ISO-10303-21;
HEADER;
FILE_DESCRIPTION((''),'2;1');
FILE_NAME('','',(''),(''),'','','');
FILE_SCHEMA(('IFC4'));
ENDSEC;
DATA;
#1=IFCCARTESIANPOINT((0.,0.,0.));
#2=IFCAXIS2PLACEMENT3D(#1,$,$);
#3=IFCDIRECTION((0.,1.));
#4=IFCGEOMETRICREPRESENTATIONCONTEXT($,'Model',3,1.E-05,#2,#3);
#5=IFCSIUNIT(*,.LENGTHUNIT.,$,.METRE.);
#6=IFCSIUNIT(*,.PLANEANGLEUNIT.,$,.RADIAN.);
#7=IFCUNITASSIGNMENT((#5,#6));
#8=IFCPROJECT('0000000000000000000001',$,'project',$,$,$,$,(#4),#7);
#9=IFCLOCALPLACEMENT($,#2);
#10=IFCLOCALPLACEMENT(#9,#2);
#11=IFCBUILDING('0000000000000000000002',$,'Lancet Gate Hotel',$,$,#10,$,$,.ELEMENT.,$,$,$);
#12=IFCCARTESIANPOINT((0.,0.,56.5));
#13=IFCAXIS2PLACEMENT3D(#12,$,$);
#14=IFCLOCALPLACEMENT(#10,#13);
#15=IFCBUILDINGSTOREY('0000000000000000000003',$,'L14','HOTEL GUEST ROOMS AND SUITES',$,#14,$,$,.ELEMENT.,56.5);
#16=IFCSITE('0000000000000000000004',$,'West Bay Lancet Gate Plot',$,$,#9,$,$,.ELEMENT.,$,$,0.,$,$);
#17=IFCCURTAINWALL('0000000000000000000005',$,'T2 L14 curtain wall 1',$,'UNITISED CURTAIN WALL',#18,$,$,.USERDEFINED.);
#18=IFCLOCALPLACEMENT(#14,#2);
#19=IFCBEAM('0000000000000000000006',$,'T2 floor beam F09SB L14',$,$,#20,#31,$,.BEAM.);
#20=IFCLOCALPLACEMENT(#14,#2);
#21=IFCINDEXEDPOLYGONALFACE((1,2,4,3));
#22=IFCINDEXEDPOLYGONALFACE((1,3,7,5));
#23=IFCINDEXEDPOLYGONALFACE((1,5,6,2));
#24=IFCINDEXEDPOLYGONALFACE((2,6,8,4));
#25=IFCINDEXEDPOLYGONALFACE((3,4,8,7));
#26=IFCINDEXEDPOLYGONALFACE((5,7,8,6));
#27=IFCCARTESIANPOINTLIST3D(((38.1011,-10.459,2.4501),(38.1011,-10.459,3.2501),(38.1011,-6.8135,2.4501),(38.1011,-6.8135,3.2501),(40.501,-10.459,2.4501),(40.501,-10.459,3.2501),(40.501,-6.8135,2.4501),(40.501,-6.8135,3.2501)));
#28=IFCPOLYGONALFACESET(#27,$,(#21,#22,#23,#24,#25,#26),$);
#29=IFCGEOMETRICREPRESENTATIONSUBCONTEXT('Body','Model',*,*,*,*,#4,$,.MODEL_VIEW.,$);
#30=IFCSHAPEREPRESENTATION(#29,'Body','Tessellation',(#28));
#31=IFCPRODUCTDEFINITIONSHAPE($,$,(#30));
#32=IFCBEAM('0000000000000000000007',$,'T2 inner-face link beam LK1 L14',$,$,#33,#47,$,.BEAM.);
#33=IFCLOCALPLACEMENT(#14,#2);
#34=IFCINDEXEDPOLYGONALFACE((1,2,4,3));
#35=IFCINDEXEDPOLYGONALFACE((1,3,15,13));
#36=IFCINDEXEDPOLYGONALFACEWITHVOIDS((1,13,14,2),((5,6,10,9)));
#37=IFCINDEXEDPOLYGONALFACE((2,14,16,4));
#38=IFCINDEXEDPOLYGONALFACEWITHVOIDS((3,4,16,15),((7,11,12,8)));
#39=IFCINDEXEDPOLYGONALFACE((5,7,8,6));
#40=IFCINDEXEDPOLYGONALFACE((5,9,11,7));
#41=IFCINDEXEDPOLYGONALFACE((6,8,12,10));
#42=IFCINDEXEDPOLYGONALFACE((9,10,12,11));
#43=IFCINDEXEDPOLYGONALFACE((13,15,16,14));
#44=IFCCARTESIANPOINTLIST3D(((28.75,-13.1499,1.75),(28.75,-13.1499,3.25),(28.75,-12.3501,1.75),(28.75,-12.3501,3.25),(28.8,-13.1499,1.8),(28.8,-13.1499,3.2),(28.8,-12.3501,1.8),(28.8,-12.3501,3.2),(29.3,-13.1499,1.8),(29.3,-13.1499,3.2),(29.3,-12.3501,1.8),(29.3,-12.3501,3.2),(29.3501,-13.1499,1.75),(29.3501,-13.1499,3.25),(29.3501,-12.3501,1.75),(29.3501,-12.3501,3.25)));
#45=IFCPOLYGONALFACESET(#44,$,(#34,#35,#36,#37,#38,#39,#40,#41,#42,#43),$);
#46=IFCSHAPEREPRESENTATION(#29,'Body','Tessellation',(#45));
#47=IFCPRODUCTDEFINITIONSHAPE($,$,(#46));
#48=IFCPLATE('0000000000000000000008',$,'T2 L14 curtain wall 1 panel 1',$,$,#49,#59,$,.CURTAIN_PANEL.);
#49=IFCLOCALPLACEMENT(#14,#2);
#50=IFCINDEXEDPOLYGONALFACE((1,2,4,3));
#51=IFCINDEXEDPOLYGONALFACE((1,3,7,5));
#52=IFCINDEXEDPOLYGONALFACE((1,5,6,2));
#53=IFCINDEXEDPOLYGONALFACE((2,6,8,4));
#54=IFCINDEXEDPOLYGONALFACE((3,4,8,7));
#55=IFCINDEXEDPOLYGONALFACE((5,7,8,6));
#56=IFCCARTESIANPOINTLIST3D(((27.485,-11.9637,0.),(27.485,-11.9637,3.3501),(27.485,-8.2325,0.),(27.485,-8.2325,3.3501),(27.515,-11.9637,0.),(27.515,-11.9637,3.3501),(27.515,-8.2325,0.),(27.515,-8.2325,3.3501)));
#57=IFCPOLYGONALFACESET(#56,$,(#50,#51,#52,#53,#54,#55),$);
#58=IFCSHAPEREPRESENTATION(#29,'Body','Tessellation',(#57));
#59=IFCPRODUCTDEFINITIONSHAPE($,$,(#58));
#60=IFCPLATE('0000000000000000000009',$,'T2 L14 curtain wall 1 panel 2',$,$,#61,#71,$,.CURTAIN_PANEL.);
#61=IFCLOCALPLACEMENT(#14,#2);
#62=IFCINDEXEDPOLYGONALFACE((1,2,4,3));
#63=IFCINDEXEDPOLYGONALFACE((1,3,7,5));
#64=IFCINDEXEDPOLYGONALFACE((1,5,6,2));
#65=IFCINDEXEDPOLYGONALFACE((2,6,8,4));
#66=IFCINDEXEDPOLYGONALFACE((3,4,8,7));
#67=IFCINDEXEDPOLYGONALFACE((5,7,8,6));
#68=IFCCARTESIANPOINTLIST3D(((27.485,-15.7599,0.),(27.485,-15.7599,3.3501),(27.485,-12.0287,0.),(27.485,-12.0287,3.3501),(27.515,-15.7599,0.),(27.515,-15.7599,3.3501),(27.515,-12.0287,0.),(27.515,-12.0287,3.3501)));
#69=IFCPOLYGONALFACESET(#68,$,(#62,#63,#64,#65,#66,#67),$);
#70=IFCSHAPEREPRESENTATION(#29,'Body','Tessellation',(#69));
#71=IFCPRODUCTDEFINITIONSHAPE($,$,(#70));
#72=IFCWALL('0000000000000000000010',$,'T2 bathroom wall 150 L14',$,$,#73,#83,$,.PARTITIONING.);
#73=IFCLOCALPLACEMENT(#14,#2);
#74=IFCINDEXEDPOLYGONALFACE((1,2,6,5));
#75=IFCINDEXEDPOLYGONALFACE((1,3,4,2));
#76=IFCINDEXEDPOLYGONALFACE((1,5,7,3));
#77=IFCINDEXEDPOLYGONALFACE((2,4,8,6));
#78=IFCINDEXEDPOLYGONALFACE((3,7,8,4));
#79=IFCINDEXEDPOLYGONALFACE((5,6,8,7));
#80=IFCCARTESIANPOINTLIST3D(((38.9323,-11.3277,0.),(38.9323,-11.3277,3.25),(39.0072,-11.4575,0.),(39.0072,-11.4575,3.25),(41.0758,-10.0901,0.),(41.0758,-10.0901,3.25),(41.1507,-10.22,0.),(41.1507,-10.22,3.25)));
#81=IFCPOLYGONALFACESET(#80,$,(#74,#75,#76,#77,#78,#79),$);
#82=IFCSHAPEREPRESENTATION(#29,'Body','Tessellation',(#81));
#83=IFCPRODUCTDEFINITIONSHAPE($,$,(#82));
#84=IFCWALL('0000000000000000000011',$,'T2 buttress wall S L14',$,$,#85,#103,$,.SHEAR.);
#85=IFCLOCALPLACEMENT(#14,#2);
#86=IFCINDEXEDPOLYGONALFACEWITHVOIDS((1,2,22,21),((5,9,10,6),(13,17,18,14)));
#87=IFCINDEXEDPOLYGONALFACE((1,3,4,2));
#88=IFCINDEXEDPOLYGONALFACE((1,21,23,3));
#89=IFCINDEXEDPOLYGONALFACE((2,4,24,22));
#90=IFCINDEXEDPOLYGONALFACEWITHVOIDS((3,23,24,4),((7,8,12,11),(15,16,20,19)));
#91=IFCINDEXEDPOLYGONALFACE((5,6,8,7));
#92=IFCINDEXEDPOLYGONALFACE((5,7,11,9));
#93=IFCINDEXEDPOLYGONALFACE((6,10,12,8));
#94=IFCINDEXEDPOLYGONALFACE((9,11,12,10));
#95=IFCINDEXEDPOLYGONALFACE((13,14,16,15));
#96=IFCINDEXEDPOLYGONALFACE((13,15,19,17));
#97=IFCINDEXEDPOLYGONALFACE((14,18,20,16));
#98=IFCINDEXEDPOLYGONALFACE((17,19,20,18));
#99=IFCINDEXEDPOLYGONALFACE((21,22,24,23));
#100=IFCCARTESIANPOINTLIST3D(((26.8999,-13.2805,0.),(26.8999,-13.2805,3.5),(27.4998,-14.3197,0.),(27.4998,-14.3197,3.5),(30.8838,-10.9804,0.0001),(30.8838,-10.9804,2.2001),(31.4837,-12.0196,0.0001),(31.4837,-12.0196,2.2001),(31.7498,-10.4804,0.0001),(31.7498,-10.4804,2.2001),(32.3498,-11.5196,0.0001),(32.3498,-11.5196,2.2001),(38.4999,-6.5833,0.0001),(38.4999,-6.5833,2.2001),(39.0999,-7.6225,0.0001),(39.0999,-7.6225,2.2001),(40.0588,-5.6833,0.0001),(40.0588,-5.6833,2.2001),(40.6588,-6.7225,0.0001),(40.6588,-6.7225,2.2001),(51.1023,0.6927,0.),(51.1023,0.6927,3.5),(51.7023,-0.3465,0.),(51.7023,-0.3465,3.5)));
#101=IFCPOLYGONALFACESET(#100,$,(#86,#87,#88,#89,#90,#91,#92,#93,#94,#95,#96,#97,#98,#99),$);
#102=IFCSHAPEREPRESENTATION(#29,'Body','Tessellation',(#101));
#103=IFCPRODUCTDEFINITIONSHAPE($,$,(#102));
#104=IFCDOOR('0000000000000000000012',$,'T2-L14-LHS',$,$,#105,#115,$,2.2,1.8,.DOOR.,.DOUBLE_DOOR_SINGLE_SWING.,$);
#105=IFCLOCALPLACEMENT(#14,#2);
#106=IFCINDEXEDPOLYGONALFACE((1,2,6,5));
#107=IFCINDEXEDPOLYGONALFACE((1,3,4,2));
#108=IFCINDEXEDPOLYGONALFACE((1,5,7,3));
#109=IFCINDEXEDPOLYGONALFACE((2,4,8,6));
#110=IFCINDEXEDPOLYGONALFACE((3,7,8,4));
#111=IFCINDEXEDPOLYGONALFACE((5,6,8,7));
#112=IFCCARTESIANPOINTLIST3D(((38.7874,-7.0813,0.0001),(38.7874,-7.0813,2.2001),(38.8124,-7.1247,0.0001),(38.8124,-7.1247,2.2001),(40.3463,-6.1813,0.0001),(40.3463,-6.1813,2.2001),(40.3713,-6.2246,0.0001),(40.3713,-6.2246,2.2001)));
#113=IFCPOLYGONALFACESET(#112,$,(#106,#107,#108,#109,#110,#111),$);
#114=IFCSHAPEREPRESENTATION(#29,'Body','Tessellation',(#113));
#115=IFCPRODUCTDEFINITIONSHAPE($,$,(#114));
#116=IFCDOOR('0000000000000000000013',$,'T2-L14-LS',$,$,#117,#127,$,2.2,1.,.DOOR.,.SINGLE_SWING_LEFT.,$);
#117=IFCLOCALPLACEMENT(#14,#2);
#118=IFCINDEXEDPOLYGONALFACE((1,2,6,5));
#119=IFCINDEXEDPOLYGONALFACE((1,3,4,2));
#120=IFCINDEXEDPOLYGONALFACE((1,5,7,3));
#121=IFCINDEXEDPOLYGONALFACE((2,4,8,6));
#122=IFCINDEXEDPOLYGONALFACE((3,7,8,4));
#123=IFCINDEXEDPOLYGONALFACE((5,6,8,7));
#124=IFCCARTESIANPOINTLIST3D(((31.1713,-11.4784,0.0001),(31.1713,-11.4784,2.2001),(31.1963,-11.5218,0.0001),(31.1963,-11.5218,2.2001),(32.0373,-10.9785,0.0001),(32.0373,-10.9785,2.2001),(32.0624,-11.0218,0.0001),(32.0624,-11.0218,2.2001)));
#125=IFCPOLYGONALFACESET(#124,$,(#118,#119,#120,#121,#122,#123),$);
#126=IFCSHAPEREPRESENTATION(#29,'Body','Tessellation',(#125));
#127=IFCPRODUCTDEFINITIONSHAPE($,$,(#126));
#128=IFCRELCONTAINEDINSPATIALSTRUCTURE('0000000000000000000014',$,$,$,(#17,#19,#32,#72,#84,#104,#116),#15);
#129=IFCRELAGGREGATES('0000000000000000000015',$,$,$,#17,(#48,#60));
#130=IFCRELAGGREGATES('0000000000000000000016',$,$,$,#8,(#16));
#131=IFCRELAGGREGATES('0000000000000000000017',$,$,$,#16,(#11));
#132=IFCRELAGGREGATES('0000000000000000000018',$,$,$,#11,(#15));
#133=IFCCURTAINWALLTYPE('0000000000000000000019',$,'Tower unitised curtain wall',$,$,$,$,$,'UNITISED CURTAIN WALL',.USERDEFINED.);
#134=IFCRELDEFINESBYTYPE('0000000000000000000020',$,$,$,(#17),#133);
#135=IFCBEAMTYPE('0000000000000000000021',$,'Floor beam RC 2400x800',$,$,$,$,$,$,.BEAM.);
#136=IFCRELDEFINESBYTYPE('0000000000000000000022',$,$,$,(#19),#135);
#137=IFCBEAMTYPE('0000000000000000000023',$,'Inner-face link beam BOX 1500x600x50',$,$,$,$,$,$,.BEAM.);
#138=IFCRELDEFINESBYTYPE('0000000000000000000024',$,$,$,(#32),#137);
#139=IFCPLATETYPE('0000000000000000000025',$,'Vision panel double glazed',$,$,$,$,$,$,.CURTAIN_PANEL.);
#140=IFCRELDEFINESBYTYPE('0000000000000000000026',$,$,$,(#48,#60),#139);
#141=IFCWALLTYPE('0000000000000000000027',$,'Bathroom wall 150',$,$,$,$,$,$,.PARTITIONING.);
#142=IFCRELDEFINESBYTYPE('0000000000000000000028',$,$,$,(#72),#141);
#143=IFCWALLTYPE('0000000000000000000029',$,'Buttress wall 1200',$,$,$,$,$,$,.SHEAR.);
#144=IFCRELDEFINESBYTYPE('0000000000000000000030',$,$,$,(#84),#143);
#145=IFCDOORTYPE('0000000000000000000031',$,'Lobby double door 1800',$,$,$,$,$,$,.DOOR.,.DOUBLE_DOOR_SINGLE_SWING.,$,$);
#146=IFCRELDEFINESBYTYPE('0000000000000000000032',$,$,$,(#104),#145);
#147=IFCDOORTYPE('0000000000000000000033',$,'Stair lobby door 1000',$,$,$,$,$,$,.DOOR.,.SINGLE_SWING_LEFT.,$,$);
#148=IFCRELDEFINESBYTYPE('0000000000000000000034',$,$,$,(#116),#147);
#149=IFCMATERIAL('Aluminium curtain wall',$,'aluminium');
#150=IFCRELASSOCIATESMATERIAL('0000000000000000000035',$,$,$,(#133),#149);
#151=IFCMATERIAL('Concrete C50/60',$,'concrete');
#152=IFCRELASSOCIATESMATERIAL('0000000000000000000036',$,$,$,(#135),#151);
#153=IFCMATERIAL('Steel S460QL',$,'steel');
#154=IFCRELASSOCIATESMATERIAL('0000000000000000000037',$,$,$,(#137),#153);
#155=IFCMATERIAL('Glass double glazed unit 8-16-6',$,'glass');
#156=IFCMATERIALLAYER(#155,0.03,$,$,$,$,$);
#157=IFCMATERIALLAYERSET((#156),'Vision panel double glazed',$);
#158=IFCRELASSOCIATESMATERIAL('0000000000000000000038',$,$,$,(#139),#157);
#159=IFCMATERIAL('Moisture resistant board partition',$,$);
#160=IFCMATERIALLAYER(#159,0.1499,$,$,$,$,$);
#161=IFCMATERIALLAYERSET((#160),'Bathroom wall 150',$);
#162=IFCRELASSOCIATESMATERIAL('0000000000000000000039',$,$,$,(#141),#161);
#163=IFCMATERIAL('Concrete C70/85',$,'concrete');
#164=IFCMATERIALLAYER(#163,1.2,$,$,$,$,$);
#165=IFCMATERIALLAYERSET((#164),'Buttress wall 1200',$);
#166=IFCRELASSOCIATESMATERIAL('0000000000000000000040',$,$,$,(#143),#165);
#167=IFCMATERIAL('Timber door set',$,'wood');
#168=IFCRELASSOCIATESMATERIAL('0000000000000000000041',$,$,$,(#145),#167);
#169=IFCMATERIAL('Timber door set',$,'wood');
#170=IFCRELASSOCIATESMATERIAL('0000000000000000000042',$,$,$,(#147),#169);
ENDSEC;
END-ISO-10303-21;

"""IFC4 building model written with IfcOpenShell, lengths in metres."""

from ifc_helpers import new_model, si_unit, direction, frame, frame_2d, origin, origin_2d, place, context, subcontext, project, spatial, rectangle, hollow_rectangle, extrude, material, layer, layer_set, material_profile, profile_set, type_object, element, fill, aggregate, save


model = new_model("IFC4")

# Units and contexts
model_context = context("Model", 3, precision=1e-05, world=origin(), true_north=direction((0.0, 1.0)))
body_context = subcontext(model_context, "Body", "Model", "MODEL_VIEW")
ifc_project = project(units=[si_unit("LENGTHUNIT", "METRE"), si_unit("PLANEANGLEUNIT", "RADIAN")], contexts=[model_context])

# Site, building, storey
site_placement = place(None, origin())
site = spatial("IfcSite", under=ifc_project, at=site_placement, Name="West Bay Lancet Gate Plot", CompositionType="ELEMENT", RefElevation=0.0)
building_placement = place(site_placement, origin())
building = spatial("IfcBuilding", under=site, at=building_placement, Name="Lancet Gate Hotel", CompositionType="ELEMENT")
storey_placement = place(building_placement, frame((0.0, 0.0, 56.5)))
storey = spatial("IfcBuildingStorey", under=building, at=storey_placement, Name="L14", Description="HOTEL GUEST ROOMS AND SUITES", CompositionType="ELEMENT", Elevation=56.5)

# Curtain wall
ifc_material_1 = material(Name="Aluminium curtain wall", Category="aluminium")
curtain_wall_type = type_object("IfcCurtainWallType", Name="Tower unitised curtain wall", ElementType="UNITISED CURTAIN WALL", PredefinedType="USERDEFINED", material=ifc_material_1)
curtain_wall_placement = place(storey_placement, origin())
curtain_wall = element("IfcCurtainWall", 1, at=curtain_wall_placement, inside=storey, type_object=curtain_wall_type, Name="T2 L14 curtain wall 1", ObjectType="UNITISED CURTAIN WALL", PredefinedType="USERDEFINED")

# Beams
ifc_material_2 = material(Name="Concrete C50/60", Category="concrete")
ifc_material_profile_1 = material_profile(ifc_material_2, rectangle(XDim=2.3999, YDim=0.8, at=origin_2d()), Name="RC 2400x800")
ifc_profile_set_1 = profile_set([ifc_material_profile_1], Name="Concrete C50/60")
beam_type_1 = type_object("IfcBeamType", Name="Floor beam RC 2400x800", PredefinedType="BEAM", material=ifc_profile_set_1)
beam_1_placement = place(storey_placement, frame((39.301, -10.459, 2.8501), z_axis=(0.0, 1.0, 0.0), x_axis=(-1.0, 0.0, 0.0)))
element("IfcBeam", 2, at=beam_1_placement, inside=storey, type_object=beam_type_1, Name="T2 floor beam F09SB L14", PredefinedType="BEAM", context=body_context, shape_type="SweptSolid", body=[
    extrude(rectangle(XDim=2.3999, YDim=0.8, at=origin_2d()), origin(), (0.0, 0.0, 1.0), 3.6455),
])
ifc_material_3 = material(Name="Steel S460QL", Category="steel")
ifc_material_profile_2 = material_profile(ifc_material_3, hollow_rectangle(XDim=0.6001, YDim=1.5, WallThickness=0.05, at=origin_2d()), Name="BOX 1500x600x50")
ifc_profile_set_2 = profile_set([ifc_material_profile_2], Name="Steel S460QL")
beam_type_2 = type_object("IfcBeamType", Name="Inner-face link beam BOX 1500x600x50", PredefinedType="BEAM", material=ifc_profile_set_2)
beam_2_placement = place(storey_placement, frame((29.05, -13.1499, 2.5), z_axis=(0.0, 1.0, 0.0), x_axis=(-1.0, 0.0, 0.0)))
element("IfcBeam", 3, at=beam_2_placement, inside=storey, type_object=beam_type_2, Name="T2 inner-face link beam LK1 L14", PredefinedType="BEAM", context=body_context, shape_type="SweptSolid", body=[
    extrude(hollow_rectangle(XDim=0.6001, YDim=1.5, WallThickness=0.05, at=origin_2d()), origin(), (0.0, 0.0, 1.0), 0.7998),
])

# Plates
ifc_material_4 = material(Name="Glass double glazed unit 8-16-6", Category="glass")
ifc_layer_1 = layer(ifc_material_4, 0.03)
ifc_layer_set_1 = layer_set([ifc_layer_1], Name="Vision panel double glazed")
plate_type = type_object("IfcPlateType", Name="Vision panel double glazed", PredefinedType="CURTAIN_PANEL", material=ifc_layer_set_1)
plate_1_placement = place(storey_placement, frame((27.5, -10.0981, 0.0), z_axis=(0.0, 0.0, 1.0), x_axis=(0.0, -1.0, 0.0)))
plate_1 = element("IfcPlate", 4, at=plate_1_placement, type_object=plate_type, Name="T2 L14 curtain wall 1 panel 1", PredefinedType="CURTAIN_PANEL", context=body_context, shape_type="SweptSolid", body=[
    extrude(rectangle(XDim=3.7312, YDim=0.03, at=origin_2d()), origin(), (0.0, 0.0, 1.0), 3.3501),
])
plate_2_placement = place(storey_placement, frame((27.5, -13.8943, 0.0), z_axis=(0.0, 0.0, 1.0), x_axis=(0.0, -1.0, 0.0)))
plate_2 = element("IfcPlate", 5, at=plate_2_placement, type_object=plate_type, Name="T2 L14 curtain wall 1 panel 2", PredefinedType="CURTAIN_PANEL", context=body_context, shape_type="SweptSolid", body=[
    extrude(rectangle(XDim=3.7312, YDim=0.03, at=origin_2d()), origin(), (0.0, 0.0, 1.0), 3.3501),
])
aggregate(curtain_wall, [plate_1, plate_2])

# Wall
ifc_material_5 = material(Name="Moisture resistant board partition")
ifc_layer_2 = layer(ifc_material_5, 0.1499)
ifc_layer_set_2 = layer_set([ifc_layer_2], Name="Bathroom wall 150")
wall_type_1 = type_object("IfcWallType", Name="Bathroom wall 150", PredefinedType="PARTITIONING", material=ifc_layer_set_2)
wall_1_placement = place(storey_placement, frame((38.9697, -11.3926, 0.0), z_axis=(0.0, 0.0, 1.0), x_axis=(0.866031, 0.49999, 0.0)))
element("IfcWall", 6, at=wall_1_placement, inside=storey, type_object=wall_type_1, Name="T2 bathroom wall 150 L14", PredefinedType="PARTITIONING", context=body_context, shape_type="SweptSolid", body=[
    extrude(rectangle(XDim=2.4751, YDim=0.1499, at=frame_2d((1.2375, 0.0))), origin(), (0.0, 0.0, 1.0), 3.25),
])

# Wall, openings, doors
ifc_material_6 = material(Name="Concrete C70/85", Category="concrete")
ifc_layer_3 = layer(ifc_material_6, 1.2)
ifc_layer_set_3 = layer_set([ifc_layer_3], Name="Buttress wall 1200")
wall_type_2 = type_object("IfcWallType", Name="Buttress wall 1200", PredefinedType="SHEAR", material=ifc_layer_set_3)
wall_2_placement = place(storey_placement, frame((27.2, -13.8, 0.0), z_axis=(0.0, 0.0, 1.0), x_axis=(0.866027, 0.499997, 0.0)))
wall_2 = element("IfcWall", 7, at=wall_2_placement, inside=storey, type_object=wall_type_2, Name="T2 buttress wall S L14", PredefinedType="SHEAR", context=body_context, shape_type="SweptSolid", body=[
    extrude(rectangle(XDim=27.9465, YDim=1.2, at=frame_2d((13.9731, 0.0))), origin(), (0.0, 0.0, 1.0), 3.5),
])
opening_1_placement = place(wall_2_placement, frame((4.6001, 0.0, 0.0)))
opening_1 = element("IfcOpeningElement", 8, at=opening_1_placement, cuts=wall_2, PredefinedType="OPENING", context=body_context, shape_type="SweptSolid", body=[
    extrude(rectangle(XDim=1.0, YDim=2.2, at=frame_2d((0.5, 1.1001))), frame((0.0, 0.6099, 0.0), z_axis=(0.0, -1.0, 0.0), x_axis=(1.0, 0.0, 0.0)), (0.0, 0.0, 1.0), 1.22),
])
opening_2_placement = place(wall_2_placement, frame((13.3945, 0.0, 0.0)))
opening_2 = element("IfcOpeningElement", 9, at=opening_2_placement, cuts=wall_2, PredefinedType="OPENING", context=body_context, shape_type="SweptSolid", body=[
    extrude(rectangle(XDim=1.8, YDim=2.2, at=frame_2d((0.8999, 1.1001))), frame((0.0, 0.6099, 0.0), z_axis=(0.0, -1.0, 0.0), x_axis=(1.0, 0.0, 0.0)), (0.0, 0.0, 1.0), 1.22),
])
ifc_material_7 = material(Name="Timber door set", Category="wood")
door_type_1 = type_object("IfcDoorType", Name="Lobby double door 1800", OperationType="DOUBLE_DOOR_SINGLE_SWING", PredefinedType="DOOR", material=ifc_material_7)
door_1_placement = place(opening_2_placement, origin())
door_1 = element("IfcDoor", 10, at=door_1_placement, inside=storey, type_object=door_type_1, Name="T2-L14-LHS", OperationType="DOUBLE_DOOR_SINGLE_SWING", OverallHeight=2.2, OverallWidth=1.8, PredefinedType="DOOR", context=body_context, shape_type="SweptSolid", body=[
    extrude(rectangle(XDim=1.8, YDim=2.2, at=frame_2d((0.8999, 1.1001))), frame((0.0, 0.0249, 0.0), z_axis=(0.0, -1.0, 0.0), x_axis=(1.0, 0.0, 0.0)), (0.0, 0.0, 1.0), 0.05),
])
fill(opening_2, door_1)
ifc_material_8 = material(Name="Timber door set", Category="wood")
door_type_2 = type_object("IfcDoorType", Name="Stair lobby door 1000", OperationType="SINGLE_SWING_LEFT", PredefinedType="DOOR", material=ifc_material_8)
door_2_placement = place(opening_1_placement, origin())
door_2 = element("IfcDoor", 11, at=door_2_placement, inside=storey, type_object=door_type_2, Name="T2-L14-LS", OperationType="SINGLE_SWING_LEFT", OverallHeight=2.2, OverallWidth=1.0, PredefinedType="DOOR", context=body_context, shape_type="SweptSolid", body=[
    extrude(rectangle(XDim=1.0, YDim=2.2, at=frame_2d((0.5, 1.1001))), frame((0.0, 0.0249, 0.0), z_axis=(0.0, -1.0, 0.0), x_axis=(1.0, 0.0, 0.0)), (0.0, 0.0, 1.0), 0.05),
])
fill(opening_1, door_2)

save(model, "model.ifc")
